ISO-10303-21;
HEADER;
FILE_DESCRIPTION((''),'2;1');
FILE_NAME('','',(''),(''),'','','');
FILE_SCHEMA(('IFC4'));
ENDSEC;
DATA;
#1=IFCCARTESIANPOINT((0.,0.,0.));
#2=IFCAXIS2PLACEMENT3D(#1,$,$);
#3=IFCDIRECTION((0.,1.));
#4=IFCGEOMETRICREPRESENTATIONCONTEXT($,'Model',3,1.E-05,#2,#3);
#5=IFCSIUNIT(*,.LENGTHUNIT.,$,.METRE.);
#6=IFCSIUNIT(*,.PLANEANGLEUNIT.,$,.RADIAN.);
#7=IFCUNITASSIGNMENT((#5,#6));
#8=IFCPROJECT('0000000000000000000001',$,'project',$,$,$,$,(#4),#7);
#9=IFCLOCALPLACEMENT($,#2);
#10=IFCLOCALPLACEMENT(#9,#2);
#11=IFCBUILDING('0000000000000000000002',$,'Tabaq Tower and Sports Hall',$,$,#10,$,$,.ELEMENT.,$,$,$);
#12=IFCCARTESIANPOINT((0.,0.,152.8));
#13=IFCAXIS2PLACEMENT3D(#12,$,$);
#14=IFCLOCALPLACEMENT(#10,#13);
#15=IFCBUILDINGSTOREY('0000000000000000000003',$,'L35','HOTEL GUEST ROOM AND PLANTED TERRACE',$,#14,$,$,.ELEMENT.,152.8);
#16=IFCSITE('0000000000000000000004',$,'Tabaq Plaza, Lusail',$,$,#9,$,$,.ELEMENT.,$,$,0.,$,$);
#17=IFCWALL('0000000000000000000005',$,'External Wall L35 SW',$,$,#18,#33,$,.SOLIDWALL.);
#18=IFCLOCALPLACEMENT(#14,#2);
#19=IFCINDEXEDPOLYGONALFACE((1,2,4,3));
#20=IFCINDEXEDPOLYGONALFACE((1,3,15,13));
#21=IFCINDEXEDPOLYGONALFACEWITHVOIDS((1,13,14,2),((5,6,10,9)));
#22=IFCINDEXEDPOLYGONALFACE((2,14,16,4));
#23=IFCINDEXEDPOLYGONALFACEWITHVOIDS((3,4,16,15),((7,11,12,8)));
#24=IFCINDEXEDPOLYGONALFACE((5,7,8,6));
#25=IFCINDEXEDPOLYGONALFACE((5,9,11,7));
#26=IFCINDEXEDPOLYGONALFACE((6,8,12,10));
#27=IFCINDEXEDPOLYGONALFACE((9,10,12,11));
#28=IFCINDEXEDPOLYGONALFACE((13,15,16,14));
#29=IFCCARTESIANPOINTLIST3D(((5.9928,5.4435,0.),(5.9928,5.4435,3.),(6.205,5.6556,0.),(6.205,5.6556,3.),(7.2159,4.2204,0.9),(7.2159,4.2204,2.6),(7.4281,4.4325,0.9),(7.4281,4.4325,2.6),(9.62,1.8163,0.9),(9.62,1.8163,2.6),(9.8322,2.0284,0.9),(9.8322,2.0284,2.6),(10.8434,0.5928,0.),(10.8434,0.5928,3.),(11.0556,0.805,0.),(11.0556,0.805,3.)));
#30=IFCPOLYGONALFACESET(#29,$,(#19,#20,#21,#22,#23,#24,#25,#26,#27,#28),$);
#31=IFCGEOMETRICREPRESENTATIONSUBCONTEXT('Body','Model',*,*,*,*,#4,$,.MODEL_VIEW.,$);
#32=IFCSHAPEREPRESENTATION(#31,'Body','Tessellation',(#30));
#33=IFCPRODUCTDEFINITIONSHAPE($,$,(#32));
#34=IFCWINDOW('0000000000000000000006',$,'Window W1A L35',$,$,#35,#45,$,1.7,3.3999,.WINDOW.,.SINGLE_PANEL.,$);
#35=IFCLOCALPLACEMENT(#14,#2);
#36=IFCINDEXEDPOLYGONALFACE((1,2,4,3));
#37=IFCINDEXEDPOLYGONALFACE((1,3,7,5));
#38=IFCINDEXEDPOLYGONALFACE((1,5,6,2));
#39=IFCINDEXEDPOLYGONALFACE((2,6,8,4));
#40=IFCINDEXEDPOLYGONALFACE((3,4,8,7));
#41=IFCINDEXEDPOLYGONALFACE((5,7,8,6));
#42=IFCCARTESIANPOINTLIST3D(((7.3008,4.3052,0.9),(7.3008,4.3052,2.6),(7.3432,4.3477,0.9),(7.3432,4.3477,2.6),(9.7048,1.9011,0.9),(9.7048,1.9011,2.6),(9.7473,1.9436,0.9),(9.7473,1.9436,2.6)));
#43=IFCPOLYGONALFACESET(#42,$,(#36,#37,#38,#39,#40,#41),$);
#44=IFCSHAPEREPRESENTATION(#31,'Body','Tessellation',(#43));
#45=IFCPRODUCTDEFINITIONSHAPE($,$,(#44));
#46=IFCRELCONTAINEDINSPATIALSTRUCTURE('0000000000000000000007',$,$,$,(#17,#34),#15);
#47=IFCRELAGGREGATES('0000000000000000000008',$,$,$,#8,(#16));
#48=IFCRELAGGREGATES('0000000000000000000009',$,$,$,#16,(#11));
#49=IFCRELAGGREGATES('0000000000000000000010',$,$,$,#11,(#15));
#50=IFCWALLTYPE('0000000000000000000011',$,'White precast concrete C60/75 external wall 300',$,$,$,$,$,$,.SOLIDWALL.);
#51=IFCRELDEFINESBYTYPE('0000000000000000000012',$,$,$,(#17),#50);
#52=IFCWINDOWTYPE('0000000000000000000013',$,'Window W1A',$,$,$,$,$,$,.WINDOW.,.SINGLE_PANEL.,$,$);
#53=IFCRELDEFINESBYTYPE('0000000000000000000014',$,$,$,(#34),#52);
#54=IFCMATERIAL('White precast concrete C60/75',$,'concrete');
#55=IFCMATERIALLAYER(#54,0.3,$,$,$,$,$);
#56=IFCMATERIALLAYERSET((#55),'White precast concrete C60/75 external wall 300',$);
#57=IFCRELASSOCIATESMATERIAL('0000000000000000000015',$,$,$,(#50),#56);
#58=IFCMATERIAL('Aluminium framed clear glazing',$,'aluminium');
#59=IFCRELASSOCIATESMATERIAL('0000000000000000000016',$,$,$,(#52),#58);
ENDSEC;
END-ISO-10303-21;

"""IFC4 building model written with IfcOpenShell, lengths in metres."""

from ifc_helpers import new_model, si_unit, direction, frame, frame_2d, origin, place, context, subcontext, project, spatial, rectangle, extrude, material, layer, layer_set, type_object, element, fill, save


model = new_model("IFC4")

# Units and contexts
model_context = context("Model", 3, precision=1e-05, world=origin(), true_north=direction((0.0, 1.0)))
body_context = subcontext(model_context, "Body", "Model", "MODEL_VIEW")
ifc_project = project(units=[si_unit("LENGTHUNIT", "METRE"), si_unit("PLANEANGLEUNIT", "RADIAN")], contexts=[model_context])

# Site, building, storey
site_placement = place(None, origin())
site = spatial("IfcSite", under=ifc_project, at=site_placement, Name="Tabaq Plaza, Lusail", CompositionType="ELEMENT", RefElevation=0.0)
building_placement = place(site_placement, origin())
building = spatial("IfcBuilding", under=site, at=building_placement, Name="Tabaq Tower and Sports Hall", CompositionType="ELEMENT")
storey_placement = place(building_placement, frame((0.0, 0.0, 152.8)))
storey = spatial("IfcBuildingStorey", under=building, at=storey_placement, Name="L35", Description="HOTEL GUEST ROOM AND PLANTED TERRACE", CompositionType="ELEMENT", Elevation=152.8)

# Wall, opening, window
ifc_material_1 = material(Name="White precast concrete C60/75", Category="concrete")
ifc_layer_1 = layer(ifc_material_1, 0.3)
ifc_layer_set_1 = layer_set([ifc_layer_1], Name="White precast concrete C60/75 external wall 300")
wall_type_1 = type_object("IfcWallType", Name="White precast concrete C60/75 external wall 300", PredefinedType="SOLIDWALL", material=ifc_layer_set_1)
wall_1_placement = place(storey_placement, frame((6.0989, 5.5496, 0.0), z_axis=(0.0, 0.0, 1.0), x_axis=(0.707107, -0.707107, 0.0)))
wall_1 = element("IfcWall", 1, at=wall_1_placement, inside=storey, type_object=wall_type_1, Name="External Wall L35 SW", PredefinedType="SOLIDWALL", context=body_context, shape_type="SweptSolid", body=[
    extrude(rectangle(XDim=6.8599, YDim=0.3, at=frame_2d((3.4299, 0.0))), origin(), (0.0, 0.0, 1.0), 3.0),
])
opening_1_placement = place(wall_1_placement, frame((1.7297, 0.0, 0.8999)))
opening_1 = element("IfcOpeningElement", 2, at=opening_1_placement, cuts=wall_1, PredefinedType="OPENING", context=body_context, shape_type="SweptSolid", body=[
    extrude(rectangle(XDim=3.3999, YDim=1.7, at=frame_2d((1.7, 0.8501))), frame((0.0, 0.1602, 0.0), z_axis=(0.0, -1.0, 0.0), x_axis=(1.0, 0.0, 0.0)), (0.0, 0.0, 1.0), 0.3201),
])
ifc_material_2 = material(Name="Aluminium framed clear glazing", Category="aluminium")
window_type = type_object("IfcWindowType", Name="Window W1A", PartitioningType="SINGLE_PANEL", PredefinedType="WINDOW", material=ifc_material_2)
window_placement = place(opening_1_placement, origin())
window = element("IfcWindow", 3, at=window_placement, inside=storey, type_object=window_type, Name="Window W1A L35", OverallHeight=1.7, OverallWidth=3.3999, PartitioningType="SINGLE_PANEL", PredefinedType="WINDOW", context=body_context, shape_type="SweptSolid", body=[
    extrude(rectangle(XDim=3.3999, YDim=1.7, at=frame_2d((1.7, 0.8501))), frame((0.0, 0.03, 0.0), z_axis=(0.0, -1.0, 0.0), x_axis=(1.0, 0.0, 0.0)), (0.0, 0.0, 1.0), 0.0601),
])
fill(opening_1, window)

save(model, "model.ifc")
